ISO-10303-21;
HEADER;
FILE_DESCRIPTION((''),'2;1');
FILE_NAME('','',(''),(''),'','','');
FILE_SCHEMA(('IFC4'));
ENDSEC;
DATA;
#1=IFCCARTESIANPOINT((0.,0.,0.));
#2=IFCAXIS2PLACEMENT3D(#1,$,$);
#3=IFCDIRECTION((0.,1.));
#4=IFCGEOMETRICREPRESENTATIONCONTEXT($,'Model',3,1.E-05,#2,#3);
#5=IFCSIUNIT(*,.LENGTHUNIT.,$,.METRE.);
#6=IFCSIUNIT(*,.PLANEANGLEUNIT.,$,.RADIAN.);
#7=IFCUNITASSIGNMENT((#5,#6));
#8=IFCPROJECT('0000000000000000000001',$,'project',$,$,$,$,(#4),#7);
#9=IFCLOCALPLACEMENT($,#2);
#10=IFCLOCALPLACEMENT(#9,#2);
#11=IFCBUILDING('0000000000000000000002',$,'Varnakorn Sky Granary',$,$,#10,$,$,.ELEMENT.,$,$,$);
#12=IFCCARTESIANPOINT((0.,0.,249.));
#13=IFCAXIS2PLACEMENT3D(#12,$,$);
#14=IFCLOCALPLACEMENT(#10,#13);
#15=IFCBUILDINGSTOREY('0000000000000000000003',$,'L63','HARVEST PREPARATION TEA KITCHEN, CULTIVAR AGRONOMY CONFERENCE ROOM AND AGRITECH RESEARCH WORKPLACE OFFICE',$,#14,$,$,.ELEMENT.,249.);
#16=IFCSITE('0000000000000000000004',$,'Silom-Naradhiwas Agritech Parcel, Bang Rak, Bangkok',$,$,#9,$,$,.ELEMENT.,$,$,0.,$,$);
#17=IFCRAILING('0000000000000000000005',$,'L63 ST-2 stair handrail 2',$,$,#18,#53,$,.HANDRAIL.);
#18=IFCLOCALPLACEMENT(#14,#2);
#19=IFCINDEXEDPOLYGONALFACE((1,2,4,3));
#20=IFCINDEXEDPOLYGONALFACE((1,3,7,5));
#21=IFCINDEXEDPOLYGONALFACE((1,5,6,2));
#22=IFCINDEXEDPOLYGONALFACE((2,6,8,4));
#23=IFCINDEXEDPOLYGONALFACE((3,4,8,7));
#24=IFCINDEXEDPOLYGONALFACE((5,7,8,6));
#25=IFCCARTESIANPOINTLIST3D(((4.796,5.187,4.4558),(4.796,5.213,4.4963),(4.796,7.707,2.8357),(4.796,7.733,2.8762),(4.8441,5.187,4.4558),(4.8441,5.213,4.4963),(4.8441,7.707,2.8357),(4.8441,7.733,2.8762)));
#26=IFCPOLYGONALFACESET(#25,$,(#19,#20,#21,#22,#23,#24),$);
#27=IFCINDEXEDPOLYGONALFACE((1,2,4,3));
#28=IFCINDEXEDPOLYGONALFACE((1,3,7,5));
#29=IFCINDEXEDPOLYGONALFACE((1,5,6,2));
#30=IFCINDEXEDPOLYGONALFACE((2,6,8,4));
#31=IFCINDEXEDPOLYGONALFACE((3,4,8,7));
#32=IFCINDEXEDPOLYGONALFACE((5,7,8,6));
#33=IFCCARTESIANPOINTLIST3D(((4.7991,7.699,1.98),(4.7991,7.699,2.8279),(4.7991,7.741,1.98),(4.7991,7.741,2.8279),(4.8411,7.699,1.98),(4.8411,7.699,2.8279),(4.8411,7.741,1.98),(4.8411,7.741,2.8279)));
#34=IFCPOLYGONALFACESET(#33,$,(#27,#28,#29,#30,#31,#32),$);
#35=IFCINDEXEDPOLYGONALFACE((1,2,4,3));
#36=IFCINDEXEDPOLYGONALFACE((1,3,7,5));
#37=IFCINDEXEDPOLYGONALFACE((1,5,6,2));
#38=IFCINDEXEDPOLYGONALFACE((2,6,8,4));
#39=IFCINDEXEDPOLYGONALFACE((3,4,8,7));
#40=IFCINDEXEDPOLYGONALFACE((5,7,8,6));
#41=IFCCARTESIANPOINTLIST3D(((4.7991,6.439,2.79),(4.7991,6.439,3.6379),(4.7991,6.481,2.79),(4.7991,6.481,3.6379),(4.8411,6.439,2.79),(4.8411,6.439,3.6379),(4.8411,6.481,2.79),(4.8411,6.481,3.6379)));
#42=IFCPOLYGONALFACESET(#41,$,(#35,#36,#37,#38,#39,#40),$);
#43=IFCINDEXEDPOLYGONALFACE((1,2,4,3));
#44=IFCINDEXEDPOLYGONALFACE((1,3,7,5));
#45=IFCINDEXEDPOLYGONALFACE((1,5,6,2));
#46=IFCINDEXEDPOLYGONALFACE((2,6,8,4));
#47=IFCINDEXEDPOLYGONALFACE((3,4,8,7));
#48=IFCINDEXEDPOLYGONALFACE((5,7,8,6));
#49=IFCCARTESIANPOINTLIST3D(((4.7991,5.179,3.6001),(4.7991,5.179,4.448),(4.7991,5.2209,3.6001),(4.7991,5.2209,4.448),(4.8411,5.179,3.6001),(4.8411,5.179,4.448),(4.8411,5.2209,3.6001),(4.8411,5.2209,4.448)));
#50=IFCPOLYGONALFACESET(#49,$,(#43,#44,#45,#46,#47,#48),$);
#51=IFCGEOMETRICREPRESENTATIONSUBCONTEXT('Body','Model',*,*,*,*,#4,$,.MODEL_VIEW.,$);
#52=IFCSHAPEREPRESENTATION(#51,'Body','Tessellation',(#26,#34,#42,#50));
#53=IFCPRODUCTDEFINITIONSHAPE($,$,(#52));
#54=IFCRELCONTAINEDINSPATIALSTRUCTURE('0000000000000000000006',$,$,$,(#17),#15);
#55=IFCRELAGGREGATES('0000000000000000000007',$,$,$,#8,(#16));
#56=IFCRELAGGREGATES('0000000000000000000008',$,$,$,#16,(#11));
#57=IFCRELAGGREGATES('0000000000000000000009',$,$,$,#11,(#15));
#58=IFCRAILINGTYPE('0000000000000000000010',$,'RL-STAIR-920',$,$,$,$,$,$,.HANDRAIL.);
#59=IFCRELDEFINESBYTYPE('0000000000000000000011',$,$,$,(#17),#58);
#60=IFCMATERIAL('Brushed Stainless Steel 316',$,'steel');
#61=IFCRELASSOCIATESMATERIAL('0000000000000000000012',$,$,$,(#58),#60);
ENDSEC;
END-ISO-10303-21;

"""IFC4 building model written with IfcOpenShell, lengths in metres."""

from ifc_helpers import new_model, si_unit, direction, frame, origin, origin_2d, place, context, subcontext, project, spatial, rectangle, extrude, material, type_object, element, save


model = new_model("IFC4")

# Units and contexts
model_context = context("Model", 3, precision=1e-05, world=origin(), true_north=direction((0.0, 1.0)))
body_context = subcontext(model_context, "Body", "Model", "MODEL_VIEW")
ifc_project = project(units=[si_unit("LENGTHUNIT", "METRE"), si_unit("PLANEANGLEUNIT", "RADIAN")], contexts=[model_context])

# Site, building, storey
site_placement = place(None, origin())
site = spatial("IfcSite", under=ifc_project, at=site_placement, Name="Silom-Naradhiwas Agritech Parcel, Bang Rak, Bangkok", CompositionType="ELEMENT", RefElevation=0.0)
building_placement = place(site_placement, origin())
building = spatial("IfcBuilding", under=site, at=building_placement, Name="Varnakorn Sky Granary", CompositionType="ELEMENT")
storey_placement = place(building_placement, frame((0.0, 0.0, 249.0)))
storey = spatial("IfcBuildingStorey", under=building, at=storey_placement, Name="L63", Description="HARVEST PREPARATION TEA KITCHEN, CULTIVAR AGRONOMY CONFERENCE ROOM AND AGRITECH RESEARCH WORKPLACE OFFICE", CompositionType="ELEMENT", Elevation=249.0)

# Railing
ifc_material_1 = material(Name="Brushed Stainless Steel 316", Category="steel")
railing_type_1 = type_object("IfcRailingType", Name="RL-STAIR-920", PredefinedType="HANDRAIL", material=ifc_material_1)
railing_1_placement = place(storey_placement, frame((4.8201, 7.72, 1.98)))
element("IfcRailing", 1, at=railing_1_placement, inside=storey, type_object=railing_type_1, Name="L63 ST-2 stair handrail 2", PredefinedType="HANDRAIL", context=body_context, shape_type="SweptSolid", body=[
    extrude(rectangle(XDim=0.0481, YDim=0.0481, at=origin_2d()), frame((0.0, 0.0, 0.876), z_axis=(0.0, -0.841163, 0.540782), x_axis=(1.0, 0.0, 0.0)), (0.0, 0.0, 1.0), 2.9958),
    extrude(rectangle(XDim=0.042, YDim=0.042, at=origin_2d()), origin(), (0.0, 0.0, 1.0), 0.8479),
    extrude(rectangle(XDim=0.042, YDim=0.042, at=origin_2d()), frame((0.0, -1.26, 0.8101)), (0.0, 0.0, 1.0), 0.8479),
    extrude(rectangle(XDim=0.042, YDim=0.042, at=origin_2d()), frame((0.0, -2.52, 1.6201)), (0.0, 0.0, 1.0), 0.8479),
])

save(model, "model.ifc")
